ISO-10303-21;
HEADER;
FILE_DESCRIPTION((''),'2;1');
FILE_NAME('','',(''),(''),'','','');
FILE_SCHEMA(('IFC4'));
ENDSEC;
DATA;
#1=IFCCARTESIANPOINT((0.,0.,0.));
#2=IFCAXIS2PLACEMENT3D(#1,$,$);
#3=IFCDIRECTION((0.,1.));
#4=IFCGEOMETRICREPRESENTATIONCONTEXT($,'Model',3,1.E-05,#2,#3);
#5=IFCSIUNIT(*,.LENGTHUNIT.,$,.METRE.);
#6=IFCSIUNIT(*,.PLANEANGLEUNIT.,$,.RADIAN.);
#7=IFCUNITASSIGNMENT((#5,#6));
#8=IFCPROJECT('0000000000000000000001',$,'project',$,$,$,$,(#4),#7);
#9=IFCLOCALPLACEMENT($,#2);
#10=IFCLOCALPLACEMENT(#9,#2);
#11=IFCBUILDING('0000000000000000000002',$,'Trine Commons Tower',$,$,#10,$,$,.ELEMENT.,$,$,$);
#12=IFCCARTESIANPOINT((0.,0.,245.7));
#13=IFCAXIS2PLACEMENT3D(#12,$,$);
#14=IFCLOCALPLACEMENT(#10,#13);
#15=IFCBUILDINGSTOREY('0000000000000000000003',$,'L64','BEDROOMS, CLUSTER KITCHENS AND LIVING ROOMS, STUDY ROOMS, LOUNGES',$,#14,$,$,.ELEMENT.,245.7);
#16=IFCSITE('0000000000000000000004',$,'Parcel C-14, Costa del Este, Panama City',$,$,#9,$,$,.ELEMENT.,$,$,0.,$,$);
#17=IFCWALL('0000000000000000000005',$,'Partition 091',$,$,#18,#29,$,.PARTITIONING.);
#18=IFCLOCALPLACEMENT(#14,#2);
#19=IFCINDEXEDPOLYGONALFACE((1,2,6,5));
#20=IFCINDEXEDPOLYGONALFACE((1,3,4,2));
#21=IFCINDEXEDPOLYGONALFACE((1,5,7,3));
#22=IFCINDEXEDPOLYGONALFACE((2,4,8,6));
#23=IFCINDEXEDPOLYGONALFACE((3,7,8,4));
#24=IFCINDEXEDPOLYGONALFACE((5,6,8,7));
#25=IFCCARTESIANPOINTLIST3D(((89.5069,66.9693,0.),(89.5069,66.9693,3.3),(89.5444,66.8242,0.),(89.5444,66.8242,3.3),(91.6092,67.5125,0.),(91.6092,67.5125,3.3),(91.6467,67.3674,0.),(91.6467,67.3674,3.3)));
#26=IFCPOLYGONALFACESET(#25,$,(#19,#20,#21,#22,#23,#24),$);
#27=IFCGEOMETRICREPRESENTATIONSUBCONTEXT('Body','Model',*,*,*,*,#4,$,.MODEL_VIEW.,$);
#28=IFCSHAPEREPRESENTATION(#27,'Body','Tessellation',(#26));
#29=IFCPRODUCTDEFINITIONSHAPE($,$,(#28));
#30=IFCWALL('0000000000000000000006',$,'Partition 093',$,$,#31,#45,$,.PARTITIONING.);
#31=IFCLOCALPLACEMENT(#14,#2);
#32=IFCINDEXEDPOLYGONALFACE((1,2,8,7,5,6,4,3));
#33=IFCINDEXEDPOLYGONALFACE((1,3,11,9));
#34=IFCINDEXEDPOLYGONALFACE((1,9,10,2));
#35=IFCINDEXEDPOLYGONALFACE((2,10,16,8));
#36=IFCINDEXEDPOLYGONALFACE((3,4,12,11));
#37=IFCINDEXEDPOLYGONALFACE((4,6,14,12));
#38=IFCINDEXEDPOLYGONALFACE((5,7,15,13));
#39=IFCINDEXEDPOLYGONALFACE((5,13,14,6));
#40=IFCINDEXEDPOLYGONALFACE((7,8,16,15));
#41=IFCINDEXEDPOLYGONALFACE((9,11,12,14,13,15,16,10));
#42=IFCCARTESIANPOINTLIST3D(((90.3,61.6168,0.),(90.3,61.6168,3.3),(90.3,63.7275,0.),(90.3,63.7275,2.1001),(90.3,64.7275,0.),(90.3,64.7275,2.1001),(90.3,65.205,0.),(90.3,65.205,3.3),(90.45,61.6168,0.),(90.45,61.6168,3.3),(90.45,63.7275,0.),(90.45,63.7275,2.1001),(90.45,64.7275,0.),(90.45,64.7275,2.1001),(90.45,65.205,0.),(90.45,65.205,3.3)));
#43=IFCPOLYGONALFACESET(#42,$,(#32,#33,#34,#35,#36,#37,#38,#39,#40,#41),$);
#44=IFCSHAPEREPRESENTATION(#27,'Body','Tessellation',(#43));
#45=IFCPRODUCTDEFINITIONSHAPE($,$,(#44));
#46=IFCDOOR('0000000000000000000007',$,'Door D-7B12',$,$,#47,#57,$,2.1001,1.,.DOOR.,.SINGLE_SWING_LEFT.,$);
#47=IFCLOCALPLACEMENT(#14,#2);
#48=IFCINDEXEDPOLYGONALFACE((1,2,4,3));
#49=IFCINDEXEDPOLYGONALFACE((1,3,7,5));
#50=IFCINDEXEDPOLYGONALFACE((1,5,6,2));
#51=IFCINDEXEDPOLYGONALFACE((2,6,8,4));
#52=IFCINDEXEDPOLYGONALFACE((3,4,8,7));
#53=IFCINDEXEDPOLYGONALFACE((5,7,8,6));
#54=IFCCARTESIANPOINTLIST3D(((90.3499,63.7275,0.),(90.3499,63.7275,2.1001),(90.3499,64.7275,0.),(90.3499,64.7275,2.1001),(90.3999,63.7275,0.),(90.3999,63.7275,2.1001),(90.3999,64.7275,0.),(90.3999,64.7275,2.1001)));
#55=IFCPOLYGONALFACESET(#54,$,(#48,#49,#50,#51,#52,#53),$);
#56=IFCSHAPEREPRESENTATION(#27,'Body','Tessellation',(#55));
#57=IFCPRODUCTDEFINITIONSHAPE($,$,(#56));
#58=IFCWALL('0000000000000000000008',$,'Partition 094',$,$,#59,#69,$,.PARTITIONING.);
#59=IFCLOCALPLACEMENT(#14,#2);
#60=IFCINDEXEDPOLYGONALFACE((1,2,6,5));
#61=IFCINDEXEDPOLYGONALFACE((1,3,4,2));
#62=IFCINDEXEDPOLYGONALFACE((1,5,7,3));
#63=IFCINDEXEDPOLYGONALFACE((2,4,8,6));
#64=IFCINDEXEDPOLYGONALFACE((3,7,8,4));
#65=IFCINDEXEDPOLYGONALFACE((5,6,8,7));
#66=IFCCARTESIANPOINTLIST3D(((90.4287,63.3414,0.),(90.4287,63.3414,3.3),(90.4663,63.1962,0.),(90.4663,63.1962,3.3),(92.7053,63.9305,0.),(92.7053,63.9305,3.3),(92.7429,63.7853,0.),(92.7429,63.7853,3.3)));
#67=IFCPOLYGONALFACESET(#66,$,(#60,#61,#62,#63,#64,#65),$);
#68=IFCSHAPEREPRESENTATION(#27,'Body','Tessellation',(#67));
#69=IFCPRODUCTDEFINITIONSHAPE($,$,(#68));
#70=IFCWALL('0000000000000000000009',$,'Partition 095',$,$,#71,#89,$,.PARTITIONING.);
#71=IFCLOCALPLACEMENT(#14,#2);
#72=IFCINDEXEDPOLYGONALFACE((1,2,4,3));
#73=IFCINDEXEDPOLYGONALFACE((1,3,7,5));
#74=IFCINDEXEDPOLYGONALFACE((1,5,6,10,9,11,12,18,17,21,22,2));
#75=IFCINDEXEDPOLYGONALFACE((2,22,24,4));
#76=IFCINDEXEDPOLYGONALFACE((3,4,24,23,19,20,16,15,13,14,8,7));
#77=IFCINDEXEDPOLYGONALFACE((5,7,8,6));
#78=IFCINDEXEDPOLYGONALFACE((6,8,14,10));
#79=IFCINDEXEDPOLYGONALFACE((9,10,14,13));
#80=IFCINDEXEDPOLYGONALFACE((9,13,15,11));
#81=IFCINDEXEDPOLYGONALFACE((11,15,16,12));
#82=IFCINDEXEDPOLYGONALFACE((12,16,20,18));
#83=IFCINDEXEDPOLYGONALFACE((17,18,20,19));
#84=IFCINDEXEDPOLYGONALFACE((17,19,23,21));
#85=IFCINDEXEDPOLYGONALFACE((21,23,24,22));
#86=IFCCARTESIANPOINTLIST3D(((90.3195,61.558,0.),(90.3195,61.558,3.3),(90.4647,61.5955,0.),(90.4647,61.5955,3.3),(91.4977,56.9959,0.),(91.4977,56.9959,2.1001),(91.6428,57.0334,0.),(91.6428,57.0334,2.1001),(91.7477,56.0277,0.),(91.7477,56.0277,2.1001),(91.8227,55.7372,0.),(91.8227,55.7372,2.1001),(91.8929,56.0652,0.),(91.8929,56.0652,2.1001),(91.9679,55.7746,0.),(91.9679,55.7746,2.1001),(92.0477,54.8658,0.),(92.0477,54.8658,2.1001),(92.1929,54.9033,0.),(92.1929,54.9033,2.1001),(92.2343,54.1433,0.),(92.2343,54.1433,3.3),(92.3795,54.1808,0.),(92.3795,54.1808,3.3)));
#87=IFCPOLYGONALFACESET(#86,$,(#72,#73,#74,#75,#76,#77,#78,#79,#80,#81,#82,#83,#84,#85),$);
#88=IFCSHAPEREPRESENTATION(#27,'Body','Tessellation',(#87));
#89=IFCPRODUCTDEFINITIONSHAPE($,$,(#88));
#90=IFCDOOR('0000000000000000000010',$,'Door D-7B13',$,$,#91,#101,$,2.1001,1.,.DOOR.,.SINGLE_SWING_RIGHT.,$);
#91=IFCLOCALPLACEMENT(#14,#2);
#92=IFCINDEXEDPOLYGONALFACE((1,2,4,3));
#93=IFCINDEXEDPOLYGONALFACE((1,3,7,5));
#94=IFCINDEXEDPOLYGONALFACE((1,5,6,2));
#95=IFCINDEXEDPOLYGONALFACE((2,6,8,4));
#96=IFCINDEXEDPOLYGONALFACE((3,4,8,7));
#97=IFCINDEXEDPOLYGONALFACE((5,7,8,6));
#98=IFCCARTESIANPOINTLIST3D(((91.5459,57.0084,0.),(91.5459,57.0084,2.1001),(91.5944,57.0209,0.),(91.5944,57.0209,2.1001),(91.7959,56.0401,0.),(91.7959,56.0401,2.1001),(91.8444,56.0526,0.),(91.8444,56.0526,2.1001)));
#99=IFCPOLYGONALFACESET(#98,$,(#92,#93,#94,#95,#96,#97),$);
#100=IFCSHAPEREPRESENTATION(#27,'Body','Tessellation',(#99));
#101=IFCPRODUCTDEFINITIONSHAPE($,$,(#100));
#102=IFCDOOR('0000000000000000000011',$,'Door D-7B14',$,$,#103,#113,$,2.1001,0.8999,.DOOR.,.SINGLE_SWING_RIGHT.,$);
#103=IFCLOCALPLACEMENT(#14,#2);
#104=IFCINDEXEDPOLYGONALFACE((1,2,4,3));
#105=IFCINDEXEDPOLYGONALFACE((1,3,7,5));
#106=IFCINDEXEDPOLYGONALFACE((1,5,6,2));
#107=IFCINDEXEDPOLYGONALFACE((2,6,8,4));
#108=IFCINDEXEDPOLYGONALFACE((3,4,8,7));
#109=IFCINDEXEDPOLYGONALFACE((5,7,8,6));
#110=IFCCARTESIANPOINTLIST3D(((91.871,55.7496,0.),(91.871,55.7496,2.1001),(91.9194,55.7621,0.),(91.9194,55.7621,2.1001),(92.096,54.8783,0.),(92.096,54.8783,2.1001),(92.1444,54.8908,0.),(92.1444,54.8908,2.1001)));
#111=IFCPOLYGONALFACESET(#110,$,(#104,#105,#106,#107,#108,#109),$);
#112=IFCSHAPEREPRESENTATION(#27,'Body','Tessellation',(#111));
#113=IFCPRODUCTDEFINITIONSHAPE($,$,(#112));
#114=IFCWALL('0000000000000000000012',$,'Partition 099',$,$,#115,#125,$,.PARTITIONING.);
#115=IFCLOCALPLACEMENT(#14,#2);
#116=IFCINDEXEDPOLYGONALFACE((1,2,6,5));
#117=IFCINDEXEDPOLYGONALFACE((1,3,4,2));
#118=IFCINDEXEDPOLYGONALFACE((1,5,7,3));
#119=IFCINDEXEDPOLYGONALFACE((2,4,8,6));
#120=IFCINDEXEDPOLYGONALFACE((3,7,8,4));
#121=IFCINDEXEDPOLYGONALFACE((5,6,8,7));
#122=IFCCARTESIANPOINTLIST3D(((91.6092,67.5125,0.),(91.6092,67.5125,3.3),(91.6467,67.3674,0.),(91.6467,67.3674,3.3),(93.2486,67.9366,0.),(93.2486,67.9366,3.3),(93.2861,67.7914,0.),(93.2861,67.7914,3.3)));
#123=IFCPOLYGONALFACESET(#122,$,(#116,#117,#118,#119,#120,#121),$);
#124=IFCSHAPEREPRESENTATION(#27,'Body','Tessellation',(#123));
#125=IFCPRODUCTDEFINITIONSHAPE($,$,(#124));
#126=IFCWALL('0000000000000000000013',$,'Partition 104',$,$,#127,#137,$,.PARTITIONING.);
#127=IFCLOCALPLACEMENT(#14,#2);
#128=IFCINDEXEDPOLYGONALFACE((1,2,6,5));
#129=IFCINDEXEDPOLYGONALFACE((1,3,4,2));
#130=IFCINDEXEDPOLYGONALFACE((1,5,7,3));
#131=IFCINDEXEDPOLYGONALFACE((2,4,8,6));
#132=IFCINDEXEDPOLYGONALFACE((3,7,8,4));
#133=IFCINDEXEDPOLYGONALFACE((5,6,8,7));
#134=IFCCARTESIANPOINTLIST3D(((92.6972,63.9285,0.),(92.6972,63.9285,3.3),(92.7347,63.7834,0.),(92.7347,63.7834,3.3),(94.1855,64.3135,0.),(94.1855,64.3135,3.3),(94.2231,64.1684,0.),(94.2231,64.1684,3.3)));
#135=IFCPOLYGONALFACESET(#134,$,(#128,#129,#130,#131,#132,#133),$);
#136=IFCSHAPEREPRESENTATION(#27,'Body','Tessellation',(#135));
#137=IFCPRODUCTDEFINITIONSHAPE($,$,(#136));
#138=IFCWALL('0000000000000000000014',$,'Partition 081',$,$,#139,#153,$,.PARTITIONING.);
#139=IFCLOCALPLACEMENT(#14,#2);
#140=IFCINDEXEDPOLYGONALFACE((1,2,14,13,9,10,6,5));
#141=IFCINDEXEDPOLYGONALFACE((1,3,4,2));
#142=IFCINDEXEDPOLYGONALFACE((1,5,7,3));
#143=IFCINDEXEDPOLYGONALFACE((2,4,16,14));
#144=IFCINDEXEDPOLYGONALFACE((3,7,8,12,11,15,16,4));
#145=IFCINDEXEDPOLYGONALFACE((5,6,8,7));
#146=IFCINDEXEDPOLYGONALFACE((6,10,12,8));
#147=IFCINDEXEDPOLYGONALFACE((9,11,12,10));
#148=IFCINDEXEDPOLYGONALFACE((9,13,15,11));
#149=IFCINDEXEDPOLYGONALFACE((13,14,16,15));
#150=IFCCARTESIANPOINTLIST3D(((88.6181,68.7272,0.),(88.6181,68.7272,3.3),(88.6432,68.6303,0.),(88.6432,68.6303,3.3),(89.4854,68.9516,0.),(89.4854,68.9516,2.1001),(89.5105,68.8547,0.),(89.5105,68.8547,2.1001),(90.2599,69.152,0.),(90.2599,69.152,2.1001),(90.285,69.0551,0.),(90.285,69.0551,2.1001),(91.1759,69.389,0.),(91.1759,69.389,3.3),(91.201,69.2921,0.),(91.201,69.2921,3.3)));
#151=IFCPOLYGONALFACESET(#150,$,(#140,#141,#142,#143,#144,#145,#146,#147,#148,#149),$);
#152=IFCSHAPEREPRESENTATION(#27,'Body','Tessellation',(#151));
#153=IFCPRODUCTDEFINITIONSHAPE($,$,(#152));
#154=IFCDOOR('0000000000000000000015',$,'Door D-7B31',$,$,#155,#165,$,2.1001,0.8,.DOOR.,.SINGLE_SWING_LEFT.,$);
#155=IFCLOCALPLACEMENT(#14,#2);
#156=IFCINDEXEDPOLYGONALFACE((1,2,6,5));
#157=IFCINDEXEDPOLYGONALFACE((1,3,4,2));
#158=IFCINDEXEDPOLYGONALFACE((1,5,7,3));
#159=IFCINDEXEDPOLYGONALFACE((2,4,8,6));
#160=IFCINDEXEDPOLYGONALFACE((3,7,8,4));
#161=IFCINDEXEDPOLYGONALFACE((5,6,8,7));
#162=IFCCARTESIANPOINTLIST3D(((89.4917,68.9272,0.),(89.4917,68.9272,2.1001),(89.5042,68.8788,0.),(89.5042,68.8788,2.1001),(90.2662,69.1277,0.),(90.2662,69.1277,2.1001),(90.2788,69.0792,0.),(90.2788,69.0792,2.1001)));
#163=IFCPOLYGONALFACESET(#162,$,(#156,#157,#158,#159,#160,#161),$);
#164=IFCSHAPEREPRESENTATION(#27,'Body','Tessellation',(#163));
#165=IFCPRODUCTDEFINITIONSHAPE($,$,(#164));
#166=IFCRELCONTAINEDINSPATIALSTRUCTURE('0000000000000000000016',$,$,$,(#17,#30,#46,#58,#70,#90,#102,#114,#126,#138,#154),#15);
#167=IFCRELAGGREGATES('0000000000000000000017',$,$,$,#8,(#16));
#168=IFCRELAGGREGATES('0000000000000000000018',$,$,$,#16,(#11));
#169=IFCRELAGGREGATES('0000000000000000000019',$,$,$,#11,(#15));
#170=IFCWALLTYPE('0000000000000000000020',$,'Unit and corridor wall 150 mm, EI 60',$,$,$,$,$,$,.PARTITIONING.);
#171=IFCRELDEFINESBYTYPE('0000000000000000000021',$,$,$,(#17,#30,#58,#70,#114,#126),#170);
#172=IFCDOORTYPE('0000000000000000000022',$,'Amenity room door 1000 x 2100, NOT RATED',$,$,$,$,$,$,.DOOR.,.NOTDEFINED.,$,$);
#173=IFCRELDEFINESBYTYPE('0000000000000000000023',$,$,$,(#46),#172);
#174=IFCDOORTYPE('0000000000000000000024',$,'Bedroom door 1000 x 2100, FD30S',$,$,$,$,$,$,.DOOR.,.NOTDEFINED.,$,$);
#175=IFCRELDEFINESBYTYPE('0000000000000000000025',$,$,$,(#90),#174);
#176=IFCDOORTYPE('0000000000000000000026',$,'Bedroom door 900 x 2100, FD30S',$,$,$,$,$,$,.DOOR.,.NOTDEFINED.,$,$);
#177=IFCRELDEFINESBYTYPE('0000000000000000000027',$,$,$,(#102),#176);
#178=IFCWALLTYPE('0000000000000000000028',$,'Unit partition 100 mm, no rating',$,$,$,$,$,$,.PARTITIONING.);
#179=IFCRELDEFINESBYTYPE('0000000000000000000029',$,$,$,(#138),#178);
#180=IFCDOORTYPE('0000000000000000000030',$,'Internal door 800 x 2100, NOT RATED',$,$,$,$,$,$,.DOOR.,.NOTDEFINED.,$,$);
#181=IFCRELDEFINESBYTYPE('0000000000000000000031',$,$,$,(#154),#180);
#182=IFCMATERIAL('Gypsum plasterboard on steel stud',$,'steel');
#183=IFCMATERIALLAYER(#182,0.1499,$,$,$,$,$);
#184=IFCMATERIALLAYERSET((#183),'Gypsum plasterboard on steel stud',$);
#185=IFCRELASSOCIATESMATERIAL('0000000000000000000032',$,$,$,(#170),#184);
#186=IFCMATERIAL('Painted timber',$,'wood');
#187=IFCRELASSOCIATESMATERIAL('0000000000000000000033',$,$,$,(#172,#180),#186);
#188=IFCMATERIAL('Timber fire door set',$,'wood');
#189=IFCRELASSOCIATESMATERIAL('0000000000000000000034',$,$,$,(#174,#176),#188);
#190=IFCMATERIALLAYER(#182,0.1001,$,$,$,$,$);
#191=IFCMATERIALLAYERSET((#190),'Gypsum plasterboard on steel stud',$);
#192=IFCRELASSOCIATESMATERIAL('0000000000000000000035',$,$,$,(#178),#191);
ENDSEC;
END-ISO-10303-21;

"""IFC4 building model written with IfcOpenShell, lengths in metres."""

from ifc_helpers import new_model, si_unit, direction, frame, frame_2d, origin, place, context, subcontext, project, spatial, rectangle, extrude, material, layer, layer_set, type_object, element, fill, save


model = new_model("IFC4")

# Units and contexts
model_context = context("Model", 3, precision=1e-05, world=origin(), true_north=direction((0.0, 1.0)))
body_context = subcontext(model_context, "Body", "Model", "MODEL_VIEW")
ifc_project = project(units=[si_unit("LENGTHUNIT", "METRE"), si_unit("PLANEANGLEUNIT", "RADIAN")], contexts=[model_context])

# Site, building, storey
site_placement = place(None, origin())
site = spatial("IfcSite", under=ifc_project, at=site_placement, Name="Parcel C-14, Costa del Este, Panama City", CompositionType="ELEMENT", RefElevation=0.0)
building_placement = place(site_placement, origin())
building = spatial("IfcBuilding", under=site, at=building_placement, Name="Trine Commons Tower", CompositionType="ELEMENT")
storey_placement = place(building_placement, frame((0.0, 0.0, 245.7)))
storey = spatial("IfcBuildingStorey", under=building, at=storey_placement, Name="L64", Description="BEDROOMS, CLUSTER KITCHENS AND LIVING ROOMS, STUDY ROOMS, LOUNGES", CompositionType="ELEMENT", Elevation=245.7)

# Wall
ifc_material_1 = material(Name="Gypsum plasterboard on steel stud", Category="steel")
ifc_layer_1 = layer(ifc_material_1, 0.1499)
ifc_layer_set_1 = layer_set([ifc_layer_1], Name="Gypsum plasterboard on steel stud")
wall_type_1 = type_object("IfcWallType", Name="Unit and corridor wall 150 mm, EI 60", PredefinedType="PARTITIONING", material=ifc_layer_set_1)
wall_1_placement = place(storey_placement, frame((89.5256, 66.8967, 0.0), z_axis=(0.0, 0.0, 1.0), x_axis=(0.968201, 0.250174, 0.0)))
element("IfcWall", 1, at=wall_1_placement, inside=storey, type_object=wall_type_1, Name="Partition 091", PredefinedType="PARTITIONING", context=body_context, shape_type="SweptSolid", body=[
    extrude(rectangle(XDim=2.1714, YDim=0.1499, at=frame_2d((1.0857, 0.0))), origin(), (0.0, 0.0, 1.0), 3.3),
])

# Wall, opening, door
wall_2_placement = place(storey_placement, frame((90.375, 61.6169, 0.0), z_axis=(0.0, 0.0, 1.0), x_axis=(0.0, 1.0, 0.0)))
wall_2 = element("IfcWall", 2, at=wall_2_placement, inside=storey, type_object=wall_type_1, Name="Partition 093", PredefinedType="PARTITIONING", context=body_context, shape_type="SweptSolid", body=[
    extrude(rectangle(XDim=3.5881, YDim=0.1499, at=frame_2d((1.7939, 0.0))), origin(), (0.0, 0.0, 1.0), 3.3),
])
opening_1_placement = place(wall_2_placement, frame((2.1106, 0.0, 0.0)))
opening_1 = element("IfcOpeningElement", 3, at=opening_1_placement, cuts=wall_2, PredefinedType="OPENING", context=body_context, shape_type="SweptSolid", body=[
    extrude(rectangle(XDim=1.0, YDim=2.1001, at=frame_2d((0.5, 1.05))), frame((0.0, 0.085, 0.0), z_axis=(0.0, -1.0, 0.0), x_axis=(1.0, 0.0, 0.0)), (0.0, 0.0, 1.0), 0.1699),
])
ifc_material_2 = material(Name="Painted timber", Category="wood")
door_type_1 = type_object("IfcDoorType", Name="Amenity room door 1000 x 2100, NOT RATED", OperationType="NOTDEFINED", PredefinedType="DOOR", material=ifc_material_2)
door_1_placement = place(opening_1_placement, frame((1.0, 0.0, 0.0), z_axis=(0.0, 0.0, 1.0), x_axis=(-1.0, 0.0, 0.0)))
door_1 = element("IfcDoor", 4, at=door_1_placement, inside=storey, type_object=door_type_1, Name="Door D-7B12", OperationType="SINGLE_SWING_LEFT", OverallHeight=2.1001, OverallWidth=1.0, PredefinedType="DOOR", context=body_context, shape_type="SweptSolid", body=[
    extrude(rectangle(XDim=1.0, YDim=2.1001, at=frame_2d((0.5, 1.05))), frame((0.0, 0.0249, 0.0), z_axis=(0.0, -1.0, 0.0), x_axis=(1.0, 0.0, 0.0)), (0.0, 0.0, 1.0), 0.05),
])
fill(opening_1, door_1)

# Wall
wall_3_placement = place(storey_placement, frame((90.4475, 63.2688, 0.0), z_axis=(0.0, 0.0, 1.0), x_axis=(0.968113, 0.250515, 0.0)))
element("IfcWall", 5, at=wall_3_placement, inside=storey, type_object=wall_type_1, Name="Partition 094", PredefinedType="PARTITIONING", context=body_context, shape_type="SweptSolid", body=[
    extrude(rectangle(XDim=2.3516, YDim=0.1499, at=frame_2d((1.1758, 0.0))), origin(), (0.0, 0.0, 1.0), 3.3),
])

# Wall, openings, doors
wall_4_placement = place(storey_placement, frame((90.3921, 61.5769, 0.0), z_axis=(0.0, 0.0, 1.0), x_axis=(0.250037, -0.968236, 0.0)))
wall_4 = element("IfcWall", 6, at=wall_4_placement, inside=storey, type_object=wall_type_1, Name="Partition 095", PredefinedType="PARTITIONING", context=body_context, shape_type="SweptSolid", body=[
    extrude(rectangle(XDim=7.658, YDim=0.1499, at=frame_2d((3.8291, 0.0))), origin(), (0.0, 0.0, 1.0), 3.3),
])
opening_2_placement = place(wall_4_placement, frame((4.7119, 0.0, 0.0)))
opening_2 = element("IfcOpeningElement", 7, at=opening_2_placement, cuts=wall_4, PredefinedType="OPENING", context=body_context, shape_type="SweptSolid", body=[
    extrude(rectangle(XDim=1.0, YDim=2.1001, at=frame_2d((0.5, 1.05))), frame((0.0, 0.085, 0.0), z_axis=(0.0, -1.0, 0.0), x_axis=(1.0, 0.0, 0.0)), (0.0, 0.0, 1.0), 0.1699),
])
opening_3_placement = place(wall_4_placement, frame((6.012, 0.0, 0.0)))
opening_3 = element("IfcOpeningElement", 8, at=opening_3_placement, cuts=wall_4, PredefinedType="OPENING", context=body_context, shape_type="SweptSolid", body=[
    extrude(rectangle(XDim=0.8999, YDim=2.1001, at=frame_2d((0.45, 1.05))), frame((0.0, 0.085, 0.0), z_axis=(0.0, -1.0, 0.0), x_axis=(1.0, 0.0, 0.0)), (0.0, 0.0, 1.0), 0.1699),
])
ifc_material_3 = material(Name="Timber fire door set", Category="wood")
door_type_2 = type_object("IfcDoorType", Name="Bedroom door 1000 x 2100, FD30S", OperationType="NOTDEFINED", PredefinedType="DOOR", material=ifc_material_3)
door_2_placement = place(opening_2_placement, origin())
door_2 = element("IfcDoor", 9, at=door_2_placement, inside=storey, type_object=door_type_2, Name="Door D-7B13", OperationType="SINGLE_SWING_RIGHT", OverallHeight=2.1001, OverallWidth=1.0, PredefinedType="DOOR", context=body_context, shape_type="SweptSolid", body=[
    extrude(rectangle(XDim=1.0, YDim=2.1001, at=frame_2d((0.5, 1.05))), frame((0.0, 0.0249, 0.0), z_axis=(0.0, -1.0, 0.0), x_axis=(1.0, 0.0, 0.0)), (0.0, 0.0, 1.0), 0.05),
])
fill(opening_2, door_2)
door_type_3 = type_object("IfcDoorType", Name="Bedroom door 900 x 2100, FD30S", OperationType="NOTDEFINED", PredefinedType="DOOR", material=ifc_material_3)
door_3_placement = place(opening_3_placement, origin())
door_3 = element("IfcDoor", 10, at=door_3_placement, inside=storey, type_object=door_type_3, Name="Door D-7B14", OperationType="SINGLE_SWING_RIGHT", OverallHeight=2.1001, OverallWidth=0.8999, PredefinedType="DOOR", context=body_context, shape_type="SweptSolid", body=[
    extrude(rectangle(XDim=0.8999, YDim=2.1001, at=frame_2d((0.45, 1.05))), frame((0.0, 0.0249, 0.0), z_axis=(0.0, -1.0, 0.0), x_axis=(1.0, 0.0, 0.0)), (0.0, 0.0, 1.0), 0.05),
])
fill(opening_3, door_3)

# Walls
wall_5_placement = place(storey_placement, frame((91.6279, 67.4399, 0.0), z_axis=(0.0, 0.0, 1.0), x_axis=(0.968134, 0.250432, 0.0)))
element("IfcWall", 11, at=wall_5_placement, inside=storey, type_object=wall_type_1, Name="Partition 099", PredefinedType="PARTITIONING", context=body_context, shape_type="SweptSolid", body=[
    extrude(rectangle(XDim=1.6934, YDim=0.1499, at=frame_2d((0.8467, 0.0))), origin(), (0.0, 0.0, 1.0), 3.3),
])
wall_6_placement = place(storey_placement, frame((92.7161, 63.856, 0.0), z_axis=(0.0, 0.0, 1.0), x_axis=(0.96813, 0.25045, 0.0)))
element("IfcWall", 12, at=wall_6_placement, inside=storey, type_object=wall_type_1, Name="Partition 104", PredefinedType="PARTITIONING", context=body_context, shape_type="SweptSolid", body=[
    extrude(rectangle(XDim=1.5374, YDim=0.1499, at=frame_2d((0.7686, 0.0))), origin(), (0.0, 0.0, 1.0), 3.3),
])

# Wall, opening, door
ifc_layer_2 = layer(ifc_material_1, 0.1001)
ifc_layer_set_2 = layer_set([ifc_layer_2], Name="Gypsum plasterboard on steel stud")
wall_type_2 = type_object("IfcWallType", Name="Unit partition 100 mm, no rating", PredefinedType="PARTITIONING", material=ifc_layer_set_2)
wall_7_placement = place(storey_placement, frame((88.6306, 68.6787, 0.0), z_axis=(0.0, 0.0, 1.0), x_axis=(0.968115, 0.250507, 0.0)))
wall_7 = element("IfcWall", 13, at=wall_7_placement, inside=storey, type_object=wall_type_2, Name="Partition 081", PredefinedType="PARTITIONING", context=body_context, shape_type="SweptSolid", body=[
    extrude(rectangle(XDim=2.6421, YDim=0.1001, at=frame_2d((1.321, 0.0))), origin(), (0.0, 0.0, 1.0), 3.3),
])
opening_4_placement = place(wall_7_placement, frame((0.896, 0.0, 0.0)))
opening_4 = element("IfcOpeningElement", 14, at=opening_4_placement, cuts=wall_7, PredefinedType="OPENING", context=body_context, shape_type="SweptSolid", body=[
    extrude(rectangle(XDim=0.8, YDim=2.1001, at=frame_2d((0.3999, 1.05))), frame((0.0, 0.0601, 0.0), z_axis=(0.0, -1.0, 0.0), x_axis=(1.0, 0.0, 0.0)), (0.0, 0.0, 1.0), 0.1201),
])
door_type_4 = type_object("IfcDoorType", Name="Internal door 800 x 2100, NOT RATED", OperationType="NOTDEFINED", PredefinedType="DOOR", material=ifc_material_2)
door_4_placement = place(opening_4_placement, origin())
door_4 = element("IfcDoor", 15, at=door_4_placement, inside=storey, type_object=door_type_4, Name="Door D-7B31", OperationType="SINGLE_SWING_LEFT", OverallHeight=2.1001, OverallWidth=0.8, PredefinedType="DOOR", context=body_context, shape_type="SweptSolid", body=[
    extrude(rectangle(XDim=0.8, YDim=2.1001, at=frame_2d((0.3999, 1.05))), frame((0.0, 0.0249, 0.0), z_axis=(0.0, -1.0, 0.0), x_axis=(1.0, 0.0, 0.0)), (0.0, 0.0, 1.0), 0.05),
])
fill(opening_4, door_4)

save(model, "model.ifc")
